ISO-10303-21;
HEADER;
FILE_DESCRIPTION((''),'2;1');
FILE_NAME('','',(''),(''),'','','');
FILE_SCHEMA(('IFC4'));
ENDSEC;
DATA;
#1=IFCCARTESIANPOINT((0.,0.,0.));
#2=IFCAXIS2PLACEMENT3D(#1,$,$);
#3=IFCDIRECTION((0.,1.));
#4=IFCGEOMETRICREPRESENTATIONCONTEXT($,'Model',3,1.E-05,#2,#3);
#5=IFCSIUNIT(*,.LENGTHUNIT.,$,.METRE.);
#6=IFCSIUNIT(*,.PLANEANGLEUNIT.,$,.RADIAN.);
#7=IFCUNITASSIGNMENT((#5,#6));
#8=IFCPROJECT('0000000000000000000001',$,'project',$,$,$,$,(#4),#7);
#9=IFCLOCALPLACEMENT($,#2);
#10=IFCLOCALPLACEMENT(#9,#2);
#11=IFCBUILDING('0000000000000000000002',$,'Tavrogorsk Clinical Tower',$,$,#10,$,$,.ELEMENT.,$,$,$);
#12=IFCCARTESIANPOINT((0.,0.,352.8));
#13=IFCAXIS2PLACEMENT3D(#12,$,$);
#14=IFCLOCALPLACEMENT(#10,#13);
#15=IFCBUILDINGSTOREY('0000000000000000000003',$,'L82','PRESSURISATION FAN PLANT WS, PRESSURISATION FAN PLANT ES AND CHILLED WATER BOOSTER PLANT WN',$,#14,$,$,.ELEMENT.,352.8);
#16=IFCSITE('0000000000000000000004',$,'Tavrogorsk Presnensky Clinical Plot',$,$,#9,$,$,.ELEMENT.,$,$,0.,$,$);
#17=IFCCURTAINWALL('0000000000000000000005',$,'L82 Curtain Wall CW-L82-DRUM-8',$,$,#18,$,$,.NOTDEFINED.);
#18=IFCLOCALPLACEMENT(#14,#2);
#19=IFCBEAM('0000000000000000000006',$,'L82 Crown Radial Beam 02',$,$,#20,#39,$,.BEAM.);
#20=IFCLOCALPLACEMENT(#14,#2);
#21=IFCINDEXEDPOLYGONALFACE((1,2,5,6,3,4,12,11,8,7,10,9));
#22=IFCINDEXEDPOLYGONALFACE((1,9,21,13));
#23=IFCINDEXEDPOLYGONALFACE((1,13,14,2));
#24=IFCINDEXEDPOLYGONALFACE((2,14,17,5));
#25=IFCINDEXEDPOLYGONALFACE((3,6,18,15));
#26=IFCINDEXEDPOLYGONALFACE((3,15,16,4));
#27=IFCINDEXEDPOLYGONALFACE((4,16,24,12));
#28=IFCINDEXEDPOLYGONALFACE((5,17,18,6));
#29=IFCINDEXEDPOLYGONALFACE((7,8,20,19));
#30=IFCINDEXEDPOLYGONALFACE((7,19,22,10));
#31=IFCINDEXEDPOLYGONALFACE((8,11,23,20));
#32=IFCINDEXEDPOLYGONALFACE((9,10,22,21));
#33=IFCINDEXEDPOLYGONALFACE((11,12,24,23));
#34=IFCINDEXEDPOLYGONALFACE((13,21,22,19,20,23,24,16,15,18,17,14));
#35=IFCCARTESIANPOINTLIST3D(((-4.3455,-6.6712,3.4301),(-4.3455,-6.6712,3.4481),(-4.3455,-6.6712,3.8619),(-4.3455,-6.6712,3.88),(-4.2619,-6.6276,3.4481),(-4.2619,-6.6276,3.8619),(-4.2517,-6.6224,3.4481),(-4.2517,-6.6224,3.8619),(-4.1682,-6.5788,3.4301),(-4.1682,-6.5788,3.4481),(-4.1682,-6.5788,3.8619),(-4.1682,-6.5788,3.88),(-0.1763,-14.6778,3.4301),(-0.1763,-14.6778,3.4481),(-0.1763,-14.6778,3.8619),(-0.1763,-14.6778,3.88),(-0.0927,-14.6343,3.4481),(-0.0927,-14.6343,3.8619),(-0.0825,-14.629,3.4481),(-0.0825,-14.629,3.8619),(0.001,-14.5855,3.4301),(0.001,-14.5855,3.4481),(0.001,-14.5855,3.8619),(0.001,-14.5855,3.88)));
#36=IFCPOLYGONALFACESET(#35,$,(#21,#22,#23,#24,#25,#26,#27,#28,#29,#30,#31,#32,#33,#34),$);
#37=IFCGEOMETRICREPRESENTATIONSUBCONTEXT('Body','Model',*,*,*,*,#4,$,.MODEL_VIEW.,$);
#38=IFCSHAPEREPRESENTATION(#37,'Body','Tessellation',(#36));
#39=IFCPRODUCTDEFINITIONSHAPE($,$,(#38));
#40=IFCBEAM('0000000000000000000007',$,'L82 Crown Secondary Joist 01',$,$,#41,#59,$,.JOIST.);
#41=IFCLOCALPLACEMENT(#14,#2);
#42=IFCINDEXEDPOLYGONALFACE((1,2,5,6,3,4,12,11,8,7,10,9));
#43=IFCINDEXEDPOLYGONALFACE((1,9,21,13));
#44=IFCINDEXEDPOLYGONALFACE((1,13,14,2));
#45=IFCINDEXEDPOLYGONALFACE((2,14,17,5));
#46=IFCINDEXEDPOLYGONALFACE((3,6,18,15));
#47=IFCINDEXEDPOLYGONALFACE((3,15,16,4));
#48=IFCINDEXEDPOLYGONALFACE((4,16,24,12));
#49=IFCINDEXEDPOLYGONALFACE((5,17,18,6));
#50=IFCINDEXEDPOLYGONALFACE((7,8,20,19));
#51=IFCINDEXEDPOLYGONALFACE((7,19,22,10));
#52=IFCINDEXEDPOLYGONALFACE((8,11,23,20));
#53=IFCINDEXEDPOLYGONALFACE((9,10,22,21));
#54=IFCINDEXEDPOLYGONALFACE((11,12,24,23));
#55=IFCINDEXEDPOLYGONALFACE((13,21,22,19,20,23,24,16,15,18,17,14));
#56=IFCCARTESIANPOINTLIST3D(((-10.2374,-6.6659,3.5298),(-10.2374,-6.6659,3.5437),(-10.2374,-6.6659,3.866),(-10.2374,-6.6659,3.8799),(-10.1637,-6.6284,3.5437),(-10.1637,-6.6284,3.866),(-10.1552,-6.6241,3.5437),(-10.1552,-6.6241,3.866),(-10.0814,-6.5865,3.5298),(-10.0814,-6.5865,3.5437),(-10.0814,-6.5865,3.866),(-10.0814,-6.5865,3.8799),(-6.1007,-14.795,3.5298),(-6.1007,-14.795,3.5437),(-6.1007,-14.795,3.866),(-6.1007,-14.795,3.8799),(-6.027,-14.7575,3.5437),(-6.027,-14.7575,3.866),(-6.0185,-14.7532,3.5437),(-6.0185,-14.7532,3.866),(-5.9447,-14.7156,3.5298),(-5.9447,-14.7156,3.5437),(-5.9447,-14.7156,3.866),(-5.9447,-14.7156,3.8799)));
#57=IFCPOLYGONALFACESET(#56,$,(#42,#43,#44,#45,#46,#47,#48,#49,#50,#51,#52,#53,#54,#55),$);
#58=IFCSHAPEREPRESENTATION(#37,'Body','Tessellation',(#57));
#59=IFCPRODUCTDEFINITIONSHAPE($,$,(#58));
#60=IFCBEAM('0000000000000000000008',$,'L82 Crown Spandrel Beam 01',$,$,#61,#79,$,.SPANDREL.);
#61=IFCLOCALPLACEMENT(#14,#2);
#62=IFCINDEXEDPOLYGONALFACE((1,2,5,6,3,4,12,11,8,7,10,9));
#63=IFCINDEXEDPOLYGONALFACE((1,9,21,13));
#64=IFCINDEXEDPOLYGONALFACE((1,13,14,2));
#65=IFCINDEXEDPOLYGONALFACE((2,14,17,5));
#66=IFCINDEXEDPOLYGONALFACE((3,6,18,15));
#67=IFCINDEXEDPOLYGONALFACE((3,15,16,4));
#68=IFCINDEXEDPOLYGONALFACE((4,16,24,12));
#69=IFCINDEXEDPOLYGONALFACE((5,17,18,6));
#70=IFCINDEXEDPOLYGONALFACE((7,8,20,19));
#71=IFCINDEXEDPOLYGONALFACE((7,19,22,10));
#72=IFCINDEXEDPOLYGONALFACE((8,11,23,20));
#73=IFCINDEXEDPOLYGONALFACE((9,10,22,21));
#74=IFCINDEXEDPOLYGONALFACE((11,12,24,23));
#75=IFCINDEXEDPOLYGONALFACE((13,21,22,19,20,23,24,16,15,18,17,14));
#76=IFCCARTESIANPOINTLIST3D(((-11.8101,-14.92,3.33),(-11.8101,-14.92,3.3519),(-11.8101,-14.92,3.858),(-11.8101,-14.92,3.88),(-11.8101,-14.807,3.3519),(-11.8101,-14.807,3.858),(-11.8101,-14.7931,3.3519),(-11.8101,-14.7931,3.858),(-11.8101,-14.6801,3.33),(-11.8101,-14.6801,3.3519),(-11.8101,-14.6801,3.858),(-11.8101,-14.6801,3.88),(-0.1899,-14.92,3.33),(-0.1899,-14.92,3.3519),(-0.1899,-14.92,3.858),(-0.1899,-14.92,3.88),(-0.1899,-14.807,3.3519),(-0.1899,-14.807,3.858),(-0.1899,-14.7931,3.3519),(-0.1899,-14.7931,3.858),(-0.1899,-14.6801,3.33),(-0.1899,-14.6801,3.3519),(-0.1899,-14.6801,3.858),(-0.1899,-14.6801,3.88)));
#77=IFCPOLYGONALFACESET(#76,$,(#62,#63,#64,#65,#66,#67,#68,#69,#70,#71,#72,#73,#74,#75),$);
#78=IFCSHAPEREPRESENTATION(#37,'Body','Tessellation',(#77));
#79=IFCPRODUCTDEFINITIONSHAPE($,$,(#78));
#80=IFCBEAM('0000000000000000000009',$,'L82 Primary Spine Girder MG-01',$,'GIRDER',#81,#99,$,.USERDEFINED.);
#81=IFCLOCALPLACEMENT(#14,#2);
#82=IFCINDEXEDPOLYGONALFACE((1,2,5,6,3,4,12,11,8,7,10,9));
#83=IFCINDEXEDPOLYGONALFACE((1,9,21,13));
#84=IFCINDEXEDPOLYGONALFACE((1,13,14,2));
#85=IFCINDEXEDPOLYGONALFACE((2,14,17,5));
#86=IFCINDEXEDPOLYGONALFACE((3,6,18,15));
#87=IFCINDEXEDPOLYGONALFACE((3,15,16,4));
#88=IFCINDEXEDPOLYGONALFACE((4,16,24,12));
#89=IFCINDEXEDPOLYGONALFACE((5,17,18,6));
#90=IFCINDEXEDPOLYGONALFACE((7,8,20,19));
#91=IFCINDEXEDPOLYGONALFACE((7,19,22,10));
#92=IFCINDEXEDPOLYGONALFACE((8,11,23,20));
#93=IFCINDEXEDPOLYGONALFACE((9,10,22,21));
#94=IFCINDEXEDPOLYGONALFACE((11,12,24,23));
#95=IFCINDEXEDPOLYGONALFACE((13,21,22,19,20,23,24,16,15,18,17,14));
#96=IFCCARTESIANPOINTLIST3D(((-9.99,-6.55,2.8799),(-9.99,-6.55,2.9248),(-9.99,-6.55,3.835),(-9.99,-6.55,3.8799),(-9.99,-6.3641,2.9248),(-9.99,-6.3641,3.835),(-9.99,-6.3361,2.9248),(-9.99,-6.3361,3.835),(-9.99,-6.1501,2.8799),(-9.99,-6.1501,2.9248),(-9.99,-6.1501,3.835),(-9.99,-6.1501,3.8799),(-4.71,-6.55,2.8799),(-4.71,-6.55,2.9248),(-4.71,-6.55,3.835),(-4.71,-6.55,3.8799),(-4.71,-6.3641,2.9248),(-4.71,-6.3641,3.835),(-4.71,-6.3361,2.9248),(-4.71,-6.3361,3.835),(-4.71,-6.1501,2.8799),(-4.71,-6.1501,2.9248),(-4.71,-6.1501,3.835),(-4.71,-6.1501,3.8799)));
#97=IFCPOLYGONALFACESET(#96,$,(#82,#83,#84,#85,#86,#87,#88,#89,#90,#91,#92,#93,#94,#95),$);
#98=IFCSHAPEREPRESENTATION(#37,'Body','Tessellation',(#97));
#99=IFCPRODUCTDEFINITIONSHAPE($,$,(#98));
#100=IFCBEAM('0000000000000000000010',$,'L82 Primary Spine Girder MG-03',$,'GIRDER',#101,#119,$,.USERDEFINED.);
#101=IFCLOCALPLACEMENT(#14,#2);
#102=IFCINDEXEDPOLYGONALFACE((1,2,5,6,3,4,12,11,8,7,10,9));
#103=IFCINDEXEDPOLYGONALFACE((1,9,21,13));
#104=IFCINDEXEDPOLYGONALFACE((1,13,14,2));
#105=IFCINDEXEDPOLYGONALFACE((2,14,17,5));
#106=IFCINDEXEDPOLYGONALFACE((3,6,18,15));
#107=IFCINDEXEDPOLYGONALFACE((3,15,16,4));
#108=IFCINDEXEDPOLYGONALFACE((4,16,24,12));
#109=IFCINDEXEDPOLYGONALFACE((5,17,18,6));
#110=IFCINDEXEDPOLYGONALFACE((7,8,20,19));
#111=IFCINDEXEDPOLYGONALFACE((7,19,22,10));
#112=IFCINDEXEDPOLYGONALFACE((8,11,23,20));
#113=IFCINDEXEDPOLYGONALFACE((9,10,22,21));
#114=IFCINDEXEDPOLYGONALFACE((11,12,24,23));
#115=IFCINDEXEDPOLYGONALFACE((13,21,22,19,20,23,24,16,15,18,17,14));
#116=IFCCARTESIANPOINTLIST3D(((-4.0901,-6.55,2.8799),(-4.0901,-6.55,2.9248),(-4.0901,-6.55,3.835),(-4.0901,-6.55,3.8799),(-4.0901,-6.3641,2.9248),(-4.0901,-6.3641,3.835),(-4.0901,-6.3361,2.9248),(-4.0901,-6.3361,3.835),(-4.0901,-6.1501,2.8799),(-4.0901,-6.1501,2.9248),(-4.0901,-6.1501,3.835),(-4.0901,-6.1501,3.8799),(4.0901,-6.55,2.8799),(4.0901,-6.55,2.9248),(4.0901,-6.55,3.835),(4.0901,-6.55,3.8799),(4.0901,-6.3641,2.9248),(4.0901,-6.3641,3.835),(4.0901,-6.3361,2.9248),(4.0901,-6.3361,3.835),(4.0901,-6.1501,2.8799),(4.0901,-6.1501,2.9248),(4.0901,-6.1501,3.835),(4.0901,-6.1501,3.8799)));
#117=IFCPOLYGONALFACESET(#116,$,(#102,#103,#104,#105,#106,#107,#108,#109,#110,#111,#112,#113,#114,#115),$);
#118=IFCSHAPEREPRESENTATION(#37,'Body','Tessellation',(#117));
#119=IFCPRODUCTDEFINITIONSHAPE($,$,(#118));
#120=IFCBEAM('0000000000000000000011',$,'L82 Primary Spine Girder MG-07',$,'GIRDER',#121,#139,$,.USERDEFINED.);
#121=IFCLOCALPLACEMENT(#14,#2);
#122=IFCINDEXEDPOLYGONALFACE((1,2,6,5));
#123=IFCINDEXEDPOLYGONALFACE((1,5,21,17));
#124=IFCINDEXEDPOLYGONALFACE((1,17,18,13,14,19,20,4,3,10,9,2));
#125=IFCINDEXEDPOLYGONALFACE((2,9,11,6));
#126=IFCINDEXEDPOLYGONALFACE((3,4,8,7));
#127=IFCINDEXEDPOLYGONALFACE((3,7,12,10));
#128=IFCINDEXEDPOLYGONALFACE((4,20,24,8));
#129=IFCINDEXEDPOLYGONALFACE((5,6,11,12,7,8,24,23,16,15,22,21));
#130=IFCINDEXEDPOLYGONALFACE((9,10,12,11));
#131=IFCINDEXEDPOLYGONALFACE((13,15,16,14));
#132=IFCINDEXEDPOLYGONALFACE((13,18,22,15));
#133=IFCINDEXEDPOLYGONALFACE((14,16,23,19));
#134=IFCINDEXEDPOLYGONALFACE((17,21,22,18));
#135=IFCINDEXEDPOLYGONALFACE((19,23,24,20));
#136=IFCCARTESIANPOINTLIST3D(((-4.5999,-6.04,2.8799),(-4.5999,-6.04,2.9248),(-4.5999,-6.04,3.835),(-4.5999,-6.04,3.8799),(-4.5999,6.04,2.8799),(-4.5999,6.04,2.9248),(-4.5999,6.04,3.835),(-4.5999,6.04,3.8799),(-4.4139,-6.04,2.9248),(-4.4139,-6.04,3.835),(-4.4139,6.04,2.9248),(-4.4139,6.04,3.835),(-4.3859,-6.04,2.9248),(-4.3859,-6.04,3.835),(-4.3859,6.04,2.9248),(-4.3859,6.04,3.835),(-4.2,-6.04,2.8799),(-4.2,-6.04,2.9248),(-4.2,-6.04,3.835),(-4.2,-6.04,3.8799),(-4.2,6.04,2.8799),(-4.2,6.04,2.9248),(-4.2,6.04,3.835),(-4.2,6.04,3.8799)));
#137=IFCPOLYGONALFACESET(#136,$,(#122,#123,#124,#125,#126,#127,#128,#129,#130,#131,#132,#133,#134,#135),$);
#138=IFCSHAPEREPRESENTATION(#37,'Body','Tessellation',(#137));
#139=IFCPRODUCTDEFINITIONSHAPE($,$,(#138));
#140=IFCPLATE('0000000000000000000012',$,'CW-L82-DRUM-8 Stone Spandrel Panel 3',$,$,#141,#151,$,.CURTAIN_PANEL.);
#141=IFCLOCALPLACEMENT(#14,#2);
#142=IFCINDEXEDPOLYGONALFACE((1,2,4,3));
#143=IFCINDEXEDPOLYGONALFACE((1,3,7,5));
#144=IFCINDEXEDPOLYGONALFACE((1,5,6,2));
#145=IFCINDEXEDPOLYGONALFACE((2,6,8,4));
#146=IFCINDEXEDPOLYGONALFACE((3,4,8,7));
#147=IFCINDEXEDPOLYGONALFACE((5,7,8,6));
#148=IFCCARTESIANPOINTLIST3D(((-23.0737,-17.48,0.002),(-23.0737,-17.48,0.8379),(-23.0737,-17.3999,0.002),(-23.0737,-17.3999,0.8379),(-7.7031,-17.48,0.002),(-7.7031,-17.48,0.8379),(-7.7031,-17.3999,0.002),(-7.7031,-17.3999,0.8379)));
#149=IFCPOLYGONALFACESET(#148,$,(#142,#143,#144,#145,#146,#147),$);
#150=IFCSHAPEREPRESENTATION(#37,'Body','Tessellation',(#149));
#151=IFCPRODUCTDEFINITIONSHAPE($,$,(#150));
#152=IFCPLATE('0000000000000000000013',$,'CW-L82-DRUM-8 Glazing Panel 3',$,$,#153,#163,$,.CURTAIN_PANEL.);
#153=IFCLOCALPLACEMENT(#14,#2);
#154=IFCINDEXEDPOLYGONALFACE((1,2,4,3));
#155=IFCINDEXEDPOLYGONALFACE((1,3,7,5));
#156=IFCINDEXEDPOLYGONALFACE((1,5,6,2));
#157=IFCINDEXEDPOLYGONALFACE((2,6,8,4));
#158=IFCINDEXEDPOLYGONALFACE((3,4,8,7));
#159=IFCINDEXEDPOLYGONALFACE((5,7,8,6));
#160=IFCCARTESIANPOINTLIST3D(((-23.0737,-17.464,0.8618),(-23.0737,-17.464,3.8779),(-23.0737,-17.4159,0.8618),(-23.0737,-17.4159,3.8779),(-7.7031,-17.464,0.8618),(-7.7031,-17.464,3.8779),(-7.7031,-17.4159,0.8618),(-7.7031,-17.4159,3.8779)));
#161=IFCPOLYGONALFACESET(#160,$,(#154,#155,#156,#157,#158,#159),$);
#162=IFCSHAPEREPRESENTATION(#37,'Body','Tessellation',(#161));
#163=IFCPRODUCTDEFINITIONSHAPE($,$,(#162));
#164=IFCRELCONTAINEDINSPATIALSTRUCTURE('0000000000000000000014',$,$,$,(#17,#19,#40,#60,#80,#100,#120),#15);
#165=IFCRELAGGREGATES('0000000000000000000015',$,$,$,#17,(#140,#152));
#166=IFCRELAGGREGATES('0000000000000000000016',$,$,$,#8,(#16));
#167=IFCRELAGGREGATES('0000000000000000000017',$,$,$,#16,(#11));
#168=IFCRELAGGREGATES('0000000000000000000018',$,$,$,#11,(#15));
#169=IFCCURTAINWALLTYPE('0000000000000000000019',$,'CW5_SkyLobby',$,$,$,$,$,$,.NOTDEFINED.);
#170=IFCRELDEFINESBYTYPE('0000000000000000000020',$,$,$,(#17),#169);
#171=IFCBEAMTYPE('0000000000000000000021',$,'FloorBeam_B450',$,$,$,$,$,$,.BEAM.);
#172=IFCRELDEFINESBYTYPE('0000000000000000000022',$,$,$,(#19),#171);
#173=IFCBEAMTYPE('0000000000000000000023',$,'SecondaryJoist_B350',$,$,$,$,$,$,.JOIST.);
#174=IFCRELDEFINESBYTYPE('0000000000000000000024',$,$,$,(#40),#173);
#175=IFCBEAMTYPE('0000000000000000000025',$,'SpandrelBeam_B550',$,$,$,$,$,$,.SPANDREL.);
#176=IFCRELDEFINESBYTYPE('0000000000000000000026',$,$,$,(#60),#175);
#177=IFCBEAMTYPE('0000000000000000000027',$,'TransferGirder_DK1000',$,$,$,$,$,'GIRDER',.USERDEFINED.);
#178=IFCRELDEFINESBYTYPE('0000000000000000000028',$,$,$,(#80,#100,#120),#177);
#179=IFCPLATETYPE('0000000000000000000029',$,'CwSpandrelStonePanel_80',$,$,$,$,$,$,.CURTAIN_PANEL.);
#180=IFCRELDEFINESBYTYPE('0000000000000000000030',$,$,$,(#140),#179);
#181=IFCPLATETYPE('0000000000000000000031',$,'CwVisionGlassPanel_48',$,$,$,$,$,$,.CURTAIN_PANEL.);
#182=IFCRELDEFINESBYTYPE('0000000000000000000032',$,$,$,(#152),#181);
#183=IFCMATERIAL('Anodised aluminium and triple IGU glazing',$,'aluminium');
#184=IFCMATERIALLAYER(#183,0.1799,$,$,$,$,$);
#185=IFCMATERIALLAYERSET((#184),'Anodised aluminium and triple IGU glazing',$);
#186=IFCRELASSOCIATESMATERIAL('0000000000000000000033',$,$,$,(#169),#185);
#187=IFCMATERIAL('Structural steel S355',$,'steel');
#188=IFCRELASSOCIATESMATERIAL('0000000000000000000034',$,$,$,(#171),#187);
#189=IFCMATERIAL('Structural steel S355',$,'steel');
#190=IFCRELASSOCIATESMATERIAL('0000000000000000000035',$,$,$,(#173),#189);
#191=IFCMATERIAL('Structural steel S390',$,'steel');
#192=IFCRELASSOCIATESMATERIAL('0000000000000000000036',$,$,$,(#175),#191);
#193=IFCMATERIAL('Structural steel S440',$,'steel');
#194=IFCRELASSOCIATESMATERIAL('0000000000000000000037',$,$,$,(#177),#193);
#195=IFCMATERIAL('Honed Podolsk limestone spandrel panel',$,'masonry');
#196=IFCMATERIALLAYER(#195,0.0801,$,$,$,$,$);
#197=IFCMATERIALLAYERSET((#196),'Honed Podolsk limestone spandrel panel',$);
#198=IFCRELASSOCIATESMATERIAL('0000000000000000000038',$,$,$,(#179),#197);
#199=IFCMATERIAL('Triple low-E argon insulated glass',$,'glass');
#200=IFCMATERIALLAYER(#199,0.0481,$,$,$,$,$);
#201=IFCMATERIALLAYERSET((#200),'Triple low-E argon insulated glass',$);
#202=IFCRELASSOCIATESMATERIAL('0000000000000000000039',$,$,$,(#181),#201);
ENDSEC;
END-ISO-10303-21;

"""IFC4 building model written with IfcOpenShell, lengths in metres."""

from ifc_helpers import new_model, si_unit, direction, frame, origin, origin_2d, place, context, subcontext, project, spatial, rectangle, i_section, extrude, material, layer, layer_set, material_profile, profile_set, type_object, element, aggregate, save


model = new_model("IFC4")

# Units and contexts
model_context = context("Model", 3, precision=1e-05, world=origin(), true_north=direction((0.0, 1.0)))
body_context = subcontext(model_context, "Body", "Model", "MODEL_VIEW")
ifc_project = project(units=[si_unit("LENGTHUNIT", "METRE"), si_unit("PLANEANGLEUNIT", "RADIAN")], contexts=[model_context])

# Site, building, storey
site_placement = place(None, origin())
site = spatial("IfcSite", under=ifc_project, at=site_placement, Name="Tavrogorsk Presnensky Clinical Plot", CompositionType="ELEMENT", RefElevation=0.0)
building_placement = place(site_placement, origin())
building = spatial("IfcBuilding", under=site, at=building_placement, Name="Tavrogorsk Clinical Tower", CompositionType="ELEMENT")
storey_placement = place(building_placement, frame((0.0, 0.0, 352.8)))
storey = spatial("IfcBuildingStorey", under=building, at=storey_placement, Name="L82", Description="PRESSURISATION FAN PLANT WS, PRESSURISATION FAN PLANT ES AND CHILLED WATER BOOSTER PLANT WN", CompositionType="ELEMENT", Elevation=352.8)

# Curtain wall
ifc_material_1 = material(Name="Anodised aluminium and triple IGU glazing", Category="aluminium")
ifc_layer_1 = layer(ifc_material_1, 0.1799)
ifc_layer_set_1 = layer_set([ifc_layer_1], Name="Anodised aluminium and triple IGU glazing")
curtain_wall_type = type_object("IfcCurtainWallType", Name="CW5_SkyLobby", PredefinedType="NOTDEFINED", material=ifc_layer_set_1)
curtain_wall_placement = place(storey_placement, origin())
curtain_wall = element("IfcCurtainWall", 1, at=curtain_wall_placement, inside=storey, type_object=curtain_wall_type, Name="L82 Curtain Wall CW-L82-DRUM-8", PredefinedType="NOTDEFINED")

# Beams
ifc_material_2 = material(Name="Structural steel S355", Category="steel")
ifc_material_profile_1 = material_profile(ifc_material_2, i_section(OverallWidth=0.2, OverallDepth=0.45, WebThickness=0.0115, FlangeThickness=0.0181, at=origin_2d()), Name="B-450x200x11.5x18")
ifc_profile_set_1 = profile_set([ifc_material_profile_1], Name="Structural steel S355")
beam_type_1 = type_object("IfcBeamType", Name="FloorBeam_B450", PredefinedType="BEAM", material=ifc_profile_set_1)
beam_1_placement = place(storey_placement, frame((-4.2568, -6.625, 3.655), z_axis=(0.461855, -0.886955, 0.0), x_axis=(0.886955, 0.461855, 0.0)))
element("IfcBeam", 2, at=beam_1_placement, inside=storey, type_object=beam_type_1, Name="L82 Crown Radial Beam 02", PredefinedType="BEAM", context=body_context, shape_type="SweptSolid", body=[
    extrude(i_section(OverallWidth=0.2, OverallDepth=0.45, WebThickness=0.0115, FlangeThickness=0.0181, at=origin_2d()), origin(), (0.0, 0.0, 1.0), 9.0271),
])
ifc_material_3 = material(Name="Structural steel S355", Category="steel")
ifc_material_profile_2 = material_profile(ifc_material_3, i_section(OverallWidth=0.175, OverallDepth=0.3501, WebThickness=0.0095, FlangeThickness=0.0139, at=origin_2d()), Name="B-350x175x9.5x14")
ifc_profile_set_2 = profile_set([ifc_material_profile_2], Name="Structural steel S355")
beam_type_2 = type_object("IfcBeamType", Name="SecondaryJoist_B350", PredefinedType="JOIST", material=ifc_profile_set_2)
beam_2_placement = place(storey_placement, frame((-10.1594, -6.6262, 3.7048), z_axis=(0.45353, -0.891241, 0.0), x_axis=(0.891241, 0.45353, 0.0)))
element("IfcBeam", 3, at=beam_2_placement, inside=storey, type_object=beam_type_2, Name="L82 Crown Secondary Joist 01", PredefinedType="JOIST", context=body_context, shape_type="SweptSolid", body=[
    extrude(i_section(OverallWidth=0.175, OverallDepth=0.3501, WebThickness=0.0095, FlangeThickness=0.0139, at=origin_2d()), origin(), (0.0, 0.0, 1.0), 9.1211),
])
ifc_material_4 = material(Name="Structural steel S390", Category="steel")
ifc_material_profile_3 = material_profile(ifc_material_4, i_section(OverallWidth=0.24, OverallDepth=0.55, WebThickness=0.0139, FlangeThickness=0.022, at=origin_2d()), Name="B-550x240x14x22")
ifc_profile_set_3 = profile_set([ifc_material_profile_3], Name="Structural steel S390")
beam_type_3 = type_object("IfcBeamType", Name="SpandrelBeam_B550", PredefinedType="SPANDREL", material=ifc_profile_set_3)
beam_3_placement = place(storey_placement, frame((-11.8101, -14.8, 3.605), z_axis=(1.0, 0.0, 0.0), x_axis=(0.0, 1.0, 0.0)))
element("IfcBeam", 4, at=beam_3_placement, inside=storey, type_object=beam_type_3, Name="L82 Crown Spandrel Beam 01", PredefinedType="SPANDREL", context=body_context, shape_type="SweptSolid", body=[
    extrude(i_section(OverallWidth=0.24, OverallDepth=0.55, WebThickness=0.0139, FlangeThickness=0.022, at=origin_2d()), origin(), (0.0, 0.0, 1.0), 11.6201),
])
ifc_material_5 = material(Name="Structural steel S440", Category="steel")
ifc_material_profile_4 = material_profile(ifc_material_5, i_section(OverallWidth=0.3999, OverallDepth=1.0, WebThickness=0.0281, FlangeThickness=0.0449, at=origin_2d()), Name="DK-1000x400x28x45")
ifc_profile_set_4 = profile_set([ifc_material_profile_4], Name="Structural steel S440")
beam_type_4 = type_object("IfcBeamType", Name="TransferGirder_DK1000", ElementType="GIRDER", PredefinedType="USERDEFINED", material=ifc_profile_set_4)
beam_4_placement = place(storey_placement, frame((-9.99, -6.3501, 3.3799), z_axis=(1.0, 0.0, 0.0), x_axis=(0.0, 1.0, 0.0)))
element("IfcBeam", 5, at=beam_4_placement, inside=storey, type_object=beam_type_4, Name="L82 Primary Spine Girder MG-01", ObjectType="GIRDER", PredefinedType="USERDEFINED", context=body_context, shape_type="SweptSolid", body=[
    extrude(i_section(OverallWidth=0.3999, OverallDepth=1.0, WebThickness=0.0281, FlangeThickness=0.0449, at=origin_2d()), origin(), (0.0, 0.0, 1.0), 5.28),
])
beam_5_placement = place(storey_placement, frame((-4.0901, -6.3501, 3.3799), z_axis=(1.0, 0.0, 0.0), x_axis=(0.0, 1.0, 0.0)))
element("IfcBeam", 6, at=beam_5_placement, inside=storey, type_object=beam_type_4, Name="L82 Primary Spine Girder MG-03", ObjectType="GIRDER", PredefinedType="USERDEFINED", context=body_context, shape_type="SweptSolid", body=[
    extrude(i_section(OverallWidth=0.3999, OverallDepth=1.0, WebThickness=0.0281, FlangeThickness=0.0449, at=origin_2d()), origin(), (0.0, 0.0, 1.0), 8.1802),
])
beam_6_placement = place(storey_placement, frame((-4.3999, -6.04, 3.3799), z_axis=(0.0, 1.0, 0.0), x_axis=(-1.0, 0.0, 0.0)))
element("IfcBeam", 7, at=beam_6_placement, inside=storey, type_object=beam_type_4, Name="L82 Primary Spine Girder MG-07", ObjectType="GIRDER", PredefinedType="USERDEFINED", context=body_context, shape_type="SweptSolid", body=[
    extrude(i_section(OverallWidth=0.3999, OverallDepth=1.0, WebThickness=0.0281, FlangeThickness=0.0449, at=origin_2d()), origin(), (0.0, 0.0, 1.0), 12.0801),
])

# Plates
ifc_material_6 = material(Name="Honed Podolsk limestone spandrel panel", Category="masonry")
ifc_layer_2 = layer(ifc_material_6, 0.0801)
ifc_layer_set_2 = layer_set([ifc_layer_2], Name="Honed Podolsk limestone spandrel panel")
plate_type_1 = type_object("IfcPlateType", Name="CwSpandrelStonePanel_80", PredefinedType="CURTAIN_PANEL", material=ifc_layer_set_2)
plate_1_placement = place(storey_placement, frame((-15.3884, -17.4399, 0.002), z_axis=(0.0, 0.0, 1.0), x_axis=(-1.0, 0.0, 0.0)))
plate_1 = element("IfcPlate", 8, at=plate_1_placement, type_object=plate_type_1, Name="CW-L82-DRUM-8 Stone Spandrel Panel 3", PredefinedType="CURTAIN_PANEL", context=body_context, shape_type="SweptSolid", body=[
    extrude(rectangle(XDim=15.3706, YDim=0.0801, at=origin_2d()), origin(), (0.0, 0.0, 1.0), 0.8359),
])
ifc_material_7 = material(Name="Triple low-E argon insulated glass", Category="glass")
ifc_layer_3 = layer(ifc_material_7, 0.0481)
ifc_layer_set_3 = layer_set([ifc_layer_3], Name="Triple low-E argon insulated glass")
plate_type_2 = type_object("IfcPlateType", Name="CwVisionGlassPanel_48", PredefinedType="CURTAIN_PANEL", material=ifc_layer_set_3)
plate_2_placement = place(storey_placement, frame((-15.3884, -17.4399, 0.8618), z_axis=(0.0, 0.0, 1.0), x_axis=(-1.0, 0.0, 0.0)))
plate_2 = element("IfcPlate", 9, at=plate_2_placement, type_object=plate_type_2, Name="CW-L82-DRUM-8 Glazing Panel 3", PredefinedType="CURTAIN_PANEL", context=body_context, shape_type="SweptSolid", body=[
    extrude(rectangle(XDim=15.3706, YDim=0.0481, at=origin_2d()), origin(), (0.0, 0.0, 1.0), 3.0161),
])
aggregate(curtain_wall, [plate_1, plate_2])

save(model, "model.ifc")
